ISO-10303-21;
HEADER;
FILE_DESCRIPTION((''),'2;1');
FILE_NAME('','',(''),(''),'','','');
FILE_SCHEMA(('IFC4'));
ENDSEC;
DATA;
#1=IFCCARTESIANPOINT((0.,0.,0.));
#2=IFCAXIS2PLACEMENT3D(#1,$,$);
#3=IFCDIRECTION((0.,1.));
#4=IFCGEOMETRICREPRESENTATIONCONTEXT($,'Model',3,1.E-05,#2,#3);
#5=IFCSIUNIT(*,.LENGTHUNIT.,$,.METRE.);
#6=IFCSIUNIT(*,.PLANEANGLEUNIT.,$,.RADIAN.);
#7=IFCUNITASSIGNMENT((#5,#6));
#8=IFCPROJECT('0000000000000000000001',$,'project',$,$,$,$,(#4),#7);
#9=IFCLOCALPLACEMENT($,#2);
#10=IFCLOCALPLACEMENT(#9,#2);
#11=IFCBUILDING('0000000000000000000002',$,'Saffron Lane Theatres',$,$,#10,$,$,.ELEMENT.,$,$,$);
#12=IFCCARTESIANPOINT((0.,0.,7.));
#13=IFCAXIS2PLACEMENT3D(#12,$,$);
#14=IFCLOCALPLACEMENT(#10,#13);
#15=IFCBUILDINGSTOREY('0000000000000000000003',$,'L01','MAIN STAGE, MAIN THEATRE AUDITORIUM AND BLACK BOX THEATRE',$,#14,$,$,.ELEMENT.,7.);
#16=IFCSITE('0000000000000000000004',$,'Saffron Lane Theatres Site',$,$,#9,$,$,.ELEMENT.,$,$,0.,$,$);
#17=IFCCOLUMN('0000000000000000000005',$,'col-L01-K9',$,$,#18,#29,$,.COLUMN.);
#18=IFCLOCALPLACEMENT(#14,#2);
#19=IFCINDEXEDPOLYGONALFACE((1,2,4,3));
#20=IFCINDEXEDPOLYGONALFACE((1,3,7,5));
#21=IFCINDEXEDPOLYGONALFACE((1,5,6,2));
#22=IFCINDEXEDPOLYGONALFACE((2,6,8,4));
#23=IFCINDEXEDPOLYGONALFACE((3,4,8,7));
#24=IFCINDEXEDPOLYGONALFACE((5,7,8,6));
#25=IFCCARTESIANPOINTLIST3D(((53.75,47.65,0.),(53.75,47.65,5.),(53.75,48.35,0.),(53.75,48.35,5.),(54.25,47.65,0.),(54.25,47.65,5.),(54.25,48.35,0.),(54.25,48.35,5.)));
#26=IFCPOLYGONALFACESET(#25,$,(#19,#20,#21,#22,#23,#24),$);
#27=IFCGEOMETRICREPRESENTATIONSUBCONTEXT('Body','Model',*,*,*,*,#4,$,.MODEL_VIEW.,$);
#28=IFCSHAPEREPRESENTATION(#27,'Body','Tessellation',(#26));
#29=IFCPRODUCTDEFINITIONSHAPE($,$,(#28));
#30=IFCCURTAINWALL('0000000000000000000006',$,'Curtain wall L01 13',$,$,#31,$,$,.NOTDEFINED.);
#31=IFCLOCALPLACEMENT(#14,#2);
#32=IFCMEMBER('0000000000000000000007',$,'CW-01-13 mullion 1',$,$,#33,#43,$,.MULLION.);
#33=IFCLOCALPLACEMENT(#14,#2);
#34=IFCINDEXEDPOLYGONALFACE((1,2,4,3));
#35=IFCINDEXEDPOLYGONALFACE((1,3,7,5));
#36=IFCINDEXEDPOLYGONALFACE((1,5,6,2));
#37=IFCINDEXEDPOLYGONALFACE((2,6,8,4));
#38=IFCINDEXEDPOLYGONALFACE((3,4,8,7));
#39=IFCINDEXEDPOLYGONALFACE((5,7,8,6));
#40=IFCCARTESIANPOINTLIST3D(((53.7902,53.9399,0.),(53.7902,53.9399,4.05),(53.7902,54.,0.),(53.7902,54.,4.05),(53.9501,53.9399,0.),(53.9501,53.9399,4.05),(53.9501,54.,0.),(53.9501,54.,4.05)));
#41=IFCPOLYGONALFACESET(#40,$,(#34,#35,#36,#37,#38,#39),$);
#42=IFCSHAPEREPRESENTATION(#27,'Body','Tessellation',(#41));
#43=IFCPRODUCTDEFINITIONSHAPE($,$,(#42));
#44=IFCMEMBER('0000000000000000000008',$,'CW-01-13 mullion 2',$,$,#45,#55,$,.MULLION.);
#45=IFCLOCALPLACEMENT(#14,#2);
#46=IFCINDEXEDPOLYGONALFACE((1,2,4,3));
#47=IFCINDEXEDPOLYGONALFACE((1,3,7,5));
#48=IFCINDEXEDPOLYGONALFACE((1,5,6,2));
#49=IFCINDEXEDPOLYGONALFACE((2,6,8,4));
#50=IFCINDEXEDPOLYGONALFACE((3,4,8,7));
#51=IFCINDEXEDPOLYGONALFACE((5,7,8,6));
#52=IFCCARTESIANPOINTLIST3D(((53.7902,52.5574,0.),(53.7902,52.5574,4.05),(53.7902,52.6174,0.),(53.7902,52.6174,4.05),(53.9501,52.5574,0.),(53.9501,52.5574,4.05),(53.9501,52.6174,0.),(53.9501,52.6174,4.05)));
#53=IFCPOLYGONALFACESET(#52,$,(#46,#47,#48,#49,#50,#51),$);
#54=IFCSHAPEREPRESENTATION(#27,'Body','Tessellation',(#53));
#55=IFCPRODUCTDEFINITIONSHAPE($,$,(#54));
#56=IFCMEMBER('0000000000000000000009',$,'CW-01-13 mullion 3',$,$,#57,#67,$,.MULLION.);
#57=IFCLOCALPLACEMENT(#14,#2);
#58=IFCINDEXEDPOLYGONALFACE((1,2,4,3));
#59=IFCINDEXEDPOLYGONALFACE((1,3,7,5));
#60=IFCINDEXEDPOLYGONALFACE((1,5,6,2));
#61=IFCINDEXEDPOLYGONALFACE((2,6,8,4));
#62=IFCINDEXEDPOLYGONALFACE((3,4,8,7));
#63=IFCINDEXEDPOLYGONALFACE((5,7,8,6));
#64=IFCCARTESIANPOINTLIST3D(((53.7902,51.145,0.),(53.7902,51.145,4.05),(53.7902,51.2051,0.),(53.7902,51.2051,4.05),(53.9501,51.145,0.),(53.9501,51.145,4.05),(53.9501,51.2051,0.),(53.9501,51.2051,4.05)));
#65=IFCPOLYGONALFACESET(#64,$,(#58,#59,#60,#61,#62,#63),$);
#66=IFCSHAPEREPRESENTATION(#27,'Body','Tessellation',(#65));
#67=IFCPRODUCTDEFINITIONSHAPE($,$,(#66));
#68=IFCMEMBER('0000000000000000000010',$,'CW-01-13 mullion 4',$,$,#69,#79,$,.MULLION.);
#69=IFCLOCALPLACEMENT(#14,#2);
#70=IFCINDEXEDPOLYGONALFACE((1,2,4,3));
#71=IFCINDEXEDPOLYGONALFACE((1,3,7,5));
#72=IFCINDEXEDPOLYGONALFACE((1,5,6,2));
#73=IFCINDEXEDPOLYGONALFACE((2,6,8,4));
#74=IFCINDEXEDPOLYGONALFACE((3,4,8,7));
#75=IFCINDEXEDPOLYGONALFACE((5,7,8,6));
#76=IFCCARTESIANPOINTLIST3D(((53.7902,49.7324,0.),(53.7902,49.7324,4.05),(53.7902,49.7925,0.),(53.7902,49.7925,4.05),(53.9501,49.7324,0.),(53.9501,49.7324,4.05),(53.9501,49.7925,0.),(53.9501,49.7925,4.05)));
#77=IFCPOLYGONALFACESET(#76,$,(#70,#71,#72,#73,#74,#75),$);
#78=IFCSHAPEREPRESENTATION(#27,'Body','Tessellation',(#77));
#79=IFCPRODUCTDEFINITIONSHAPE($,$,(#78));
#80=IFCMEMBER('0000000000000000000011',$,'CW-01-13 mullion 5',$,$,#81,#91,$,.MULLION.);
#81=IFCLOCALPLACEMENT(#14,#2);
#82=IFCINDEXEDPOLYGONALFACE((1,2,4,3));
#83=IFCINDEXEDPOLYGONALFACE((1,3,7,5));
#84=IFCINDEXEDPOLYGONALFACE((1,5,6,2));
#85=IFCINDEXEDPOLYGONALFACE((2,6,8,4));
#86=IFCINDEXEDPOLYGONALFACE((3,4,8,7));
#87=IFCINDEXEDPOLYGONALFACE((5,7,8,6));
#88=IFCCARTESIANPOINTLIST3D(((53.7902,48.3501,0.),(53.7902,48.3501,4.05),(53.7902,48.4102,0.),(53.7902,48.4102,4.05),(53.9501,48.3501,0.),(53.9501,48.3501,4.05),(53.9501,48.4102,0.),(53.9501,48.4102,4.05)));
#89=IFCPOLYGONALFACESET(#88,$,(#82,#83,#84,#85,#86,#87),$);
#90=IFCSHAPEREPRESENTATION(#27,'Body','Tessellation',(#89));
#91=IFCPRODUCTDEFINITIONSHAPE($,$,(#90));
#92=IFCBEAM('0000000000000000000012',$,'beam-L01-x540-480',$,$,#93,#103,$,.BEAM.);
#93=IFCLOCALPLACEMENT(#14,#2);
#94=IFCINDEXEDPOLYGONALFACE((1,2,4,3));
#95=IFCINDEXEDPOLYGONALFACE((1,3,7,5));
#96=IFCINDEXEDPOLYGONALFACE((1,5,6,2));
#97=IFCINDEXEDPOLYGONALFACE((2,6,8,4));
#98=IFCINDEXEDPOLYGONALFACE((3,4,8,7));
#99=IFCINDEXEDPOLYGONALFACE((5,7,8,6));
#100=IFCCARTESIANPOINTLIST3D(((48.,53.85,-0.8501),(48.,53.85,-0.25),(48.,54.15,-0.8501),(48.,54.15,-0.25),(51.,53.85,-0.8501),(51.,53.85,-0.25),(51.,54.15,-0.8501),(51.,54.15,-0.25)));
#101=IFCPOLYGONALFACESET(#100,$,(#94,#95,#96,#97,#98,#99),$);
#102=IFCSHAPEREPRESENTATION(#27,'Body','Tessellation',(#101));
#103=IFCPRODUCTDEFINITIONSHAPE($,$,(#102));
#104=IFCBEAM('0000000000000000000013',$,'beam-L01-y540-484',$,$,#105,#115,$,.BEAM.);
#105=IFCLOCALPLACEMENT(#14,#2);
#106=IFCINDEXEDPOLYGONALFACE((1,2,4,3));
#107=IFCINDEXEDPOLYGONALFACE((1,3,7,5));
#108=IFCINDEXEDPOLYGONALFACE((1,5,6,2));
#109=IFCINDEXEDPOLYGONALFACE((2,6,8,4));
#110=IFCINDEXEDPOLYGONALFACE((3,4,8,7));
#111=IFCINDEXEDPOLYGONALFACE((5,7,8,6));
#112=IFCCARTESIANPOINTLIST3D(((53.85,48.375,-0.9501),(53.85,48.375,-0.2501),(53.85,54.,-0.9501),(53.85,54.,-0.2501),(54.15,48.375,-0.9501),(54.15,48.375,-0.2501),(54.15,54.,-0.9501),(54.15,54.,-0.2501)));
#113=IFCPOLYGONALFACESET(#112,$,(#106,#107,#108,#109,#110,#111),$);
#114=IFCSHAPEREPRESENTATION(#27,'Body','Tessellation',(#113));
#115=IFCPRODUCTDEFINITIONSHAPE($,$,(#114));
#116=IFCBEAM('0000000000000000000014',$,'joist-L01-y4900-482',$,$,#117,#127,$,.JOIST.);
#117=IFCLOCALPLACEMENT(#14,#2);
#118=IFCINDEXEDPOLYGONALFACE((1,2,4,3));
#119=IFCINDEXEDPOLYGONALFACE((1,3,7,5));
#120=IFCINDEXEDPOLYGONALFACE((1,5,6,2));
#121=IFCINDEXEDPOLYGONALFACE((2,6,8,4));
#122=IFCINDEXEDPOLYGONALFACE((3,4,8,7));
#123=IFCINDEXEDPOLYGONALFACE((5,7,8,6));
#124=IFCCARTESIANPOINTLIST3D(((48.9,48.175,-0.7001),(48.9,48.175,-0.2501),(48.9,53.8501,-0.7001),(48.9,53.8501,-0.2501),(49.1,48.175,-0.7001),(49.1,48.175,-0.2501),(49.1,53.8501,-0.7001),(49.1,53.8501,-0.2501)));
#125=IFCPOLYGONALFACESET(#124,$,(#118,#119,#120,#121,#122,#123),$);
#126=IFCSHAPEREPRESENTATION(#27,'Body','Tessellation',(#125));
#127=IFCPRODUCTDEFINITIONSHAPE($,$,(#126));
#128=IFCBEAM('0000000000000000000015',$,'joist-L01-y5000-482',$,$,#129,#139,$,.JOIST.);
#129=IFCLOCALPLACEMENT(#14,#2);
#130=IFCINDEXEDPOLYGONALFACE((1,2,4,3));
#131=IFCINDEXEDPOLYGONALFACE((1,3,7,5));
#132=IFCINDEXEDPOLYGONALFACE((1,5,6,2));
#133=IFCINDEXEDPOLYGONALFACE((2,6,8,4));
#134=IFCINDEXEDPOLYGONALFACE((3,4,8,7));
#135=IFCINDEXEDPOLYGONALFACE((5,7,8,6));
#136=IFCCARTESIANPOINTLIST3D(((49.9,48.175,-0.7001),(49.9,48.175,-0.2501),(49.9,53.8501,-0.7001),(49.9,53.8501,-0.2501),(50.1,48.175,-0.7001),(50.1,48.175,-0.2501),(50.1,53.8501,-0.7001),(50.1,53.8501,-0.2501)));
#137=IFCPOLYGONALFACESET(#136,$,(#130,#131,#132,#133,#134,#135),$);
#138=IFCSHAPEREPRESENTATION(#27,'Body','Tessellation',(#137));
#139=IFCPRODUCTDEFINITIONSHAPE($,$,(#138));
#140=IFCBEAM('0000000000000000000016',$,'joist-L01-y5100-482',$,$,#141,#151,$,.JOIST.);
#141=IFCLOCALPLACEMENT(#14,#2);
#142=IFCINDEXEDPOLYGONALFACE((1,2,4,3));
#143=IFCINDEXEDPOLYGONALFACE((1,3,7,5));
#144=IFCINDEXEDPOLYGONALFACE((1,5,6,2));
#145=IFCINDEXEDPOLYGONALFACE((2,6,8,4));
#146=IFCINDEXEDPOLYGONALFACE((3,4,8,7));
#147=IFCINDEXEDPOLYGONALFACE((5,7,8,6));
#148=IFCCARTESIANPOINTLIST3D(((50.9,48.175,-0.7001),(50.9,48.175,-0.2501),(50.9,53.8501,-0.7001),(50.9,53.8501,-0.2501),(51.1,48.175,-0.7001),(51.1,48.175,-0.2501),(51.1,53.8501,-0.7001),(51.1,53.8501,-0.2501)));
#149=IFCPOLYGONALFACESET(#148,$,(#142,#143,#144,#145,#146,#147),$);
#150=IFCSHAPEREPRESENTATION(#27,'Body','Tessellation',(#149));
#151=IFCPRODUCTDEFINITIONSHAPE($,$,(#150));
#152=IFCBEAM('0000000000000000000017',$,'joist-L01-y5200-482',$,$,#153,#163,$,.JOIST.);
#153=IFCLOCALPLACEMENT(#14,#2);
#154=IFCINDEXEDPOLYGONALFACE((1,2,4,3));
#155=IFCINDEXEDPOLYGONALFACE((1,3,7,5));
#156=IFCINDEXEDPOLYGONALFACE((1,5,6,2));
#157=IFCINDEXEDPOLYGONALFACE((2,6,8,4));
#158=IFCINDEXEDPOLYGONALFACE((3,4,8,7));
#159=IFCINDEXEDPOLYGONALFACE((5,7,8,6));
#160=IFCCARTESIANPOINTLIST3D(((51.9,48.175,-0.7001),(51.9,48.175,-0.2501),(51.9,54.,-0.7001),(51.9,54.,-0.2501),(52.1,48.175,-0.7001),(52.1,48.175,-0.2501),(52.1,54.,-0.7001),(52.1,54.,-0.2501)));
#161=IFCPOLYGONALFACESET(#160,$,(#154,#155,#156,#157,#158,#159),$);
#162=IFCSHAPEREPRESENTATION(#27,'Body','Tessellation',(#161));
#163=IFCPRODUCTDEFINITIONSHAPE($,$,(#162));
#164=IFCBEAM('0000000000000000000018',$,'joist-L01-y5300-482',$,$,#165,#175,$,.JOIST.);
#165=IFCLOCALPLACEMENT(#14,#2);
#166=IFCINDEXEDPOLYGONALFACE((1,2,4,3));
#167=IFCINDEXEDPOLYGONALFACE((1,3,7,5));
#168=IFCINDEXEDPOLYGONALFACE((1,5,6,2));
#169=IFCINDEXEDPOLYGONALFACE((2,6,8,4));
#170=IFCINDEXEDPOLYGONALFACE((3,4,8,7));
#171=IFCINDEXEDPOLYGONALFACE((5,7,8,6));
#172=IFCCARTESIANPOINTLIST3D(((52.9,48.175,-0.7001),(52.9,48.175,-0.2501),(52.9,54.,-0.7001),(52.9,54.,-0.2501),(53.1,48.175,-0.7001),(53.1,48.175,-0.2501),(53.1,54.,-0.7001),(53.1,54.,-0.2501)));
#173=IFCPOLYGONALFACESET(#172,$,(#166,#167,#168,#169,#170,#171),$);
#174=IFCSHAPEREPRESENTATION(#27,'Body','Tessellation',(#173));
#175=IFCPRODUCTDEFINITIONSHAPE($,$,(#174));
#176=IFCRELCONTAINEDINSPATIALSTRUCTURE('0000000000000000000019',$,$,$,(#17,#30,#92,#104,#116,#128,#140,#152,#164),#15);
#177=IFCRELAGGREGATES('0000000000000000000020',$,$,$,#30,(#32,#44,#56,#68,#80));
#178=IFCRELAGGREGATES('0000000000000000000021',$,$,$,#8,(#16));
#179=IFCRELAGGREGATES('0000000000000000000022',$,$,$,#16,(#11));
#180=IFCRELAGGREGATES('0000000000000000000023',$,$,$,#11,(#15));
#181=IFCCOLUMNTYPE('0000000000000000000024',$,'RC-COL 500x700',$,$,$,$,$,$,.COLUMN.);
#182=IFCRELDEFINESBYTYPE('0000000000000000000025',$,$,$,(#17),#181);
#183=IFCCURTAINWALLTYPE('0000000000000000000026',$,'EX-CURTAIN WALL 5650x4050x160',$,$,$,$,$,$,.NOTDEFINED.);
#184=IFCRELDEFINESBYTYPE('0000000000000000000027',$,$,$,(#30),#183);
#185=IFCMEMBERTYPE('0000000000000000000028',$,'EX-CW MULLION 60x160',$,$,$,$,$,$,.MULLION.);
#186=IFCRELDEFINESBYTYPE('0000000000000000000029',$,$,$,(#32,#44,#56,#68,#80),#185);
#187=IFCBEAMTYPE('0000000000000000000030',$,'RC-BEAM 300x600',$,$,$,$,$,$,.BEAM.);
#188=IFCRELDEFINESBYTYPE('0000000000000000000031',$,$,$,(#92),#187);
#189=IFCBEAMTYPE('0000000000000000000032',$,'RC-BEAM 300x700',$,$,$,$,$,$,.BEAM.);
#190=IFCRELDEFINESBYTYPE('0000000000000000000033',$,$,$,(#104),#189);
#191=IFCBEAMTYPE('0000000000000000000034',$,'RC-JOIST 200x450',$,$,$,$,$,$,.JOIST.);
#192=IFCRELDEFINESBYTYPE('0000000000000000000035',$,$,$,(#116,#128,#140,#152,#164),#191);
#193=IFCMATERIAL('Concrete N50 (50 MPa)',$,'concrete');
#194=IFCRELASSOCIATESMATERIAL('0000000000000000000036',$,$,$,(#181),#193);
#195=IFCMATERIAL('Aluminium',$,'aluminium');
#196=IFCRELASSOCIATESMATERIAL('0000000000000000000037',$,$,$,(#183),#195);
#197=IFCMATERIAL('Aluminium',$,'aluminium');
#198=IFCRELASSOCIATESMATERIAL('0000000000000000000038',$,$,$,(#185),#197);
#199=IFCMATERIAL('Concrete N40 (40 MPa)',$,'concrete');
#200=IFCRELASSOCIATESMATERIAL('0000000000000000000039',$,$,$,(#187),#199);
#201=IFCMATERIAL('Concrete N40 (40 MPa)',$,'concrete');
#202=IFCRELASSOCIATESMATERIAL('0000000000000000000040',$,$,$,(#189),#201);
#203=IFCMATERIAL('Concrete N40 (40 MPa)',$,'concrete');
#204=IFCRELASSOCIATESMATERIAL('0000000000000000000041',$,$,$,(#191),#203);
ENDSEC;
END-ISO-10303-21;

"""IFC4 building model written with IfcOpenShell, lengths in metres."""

from ifc_helpers import new_model, si_unit, direction, frame, origin, origin_2d, place, context, subcontext, project, spatial, rectangle, extrude, material, material_profile, profile_set, type_object, element, aggregate, save


model = new_model("IFC4")

# Units and contexts
model_context = context("Model", 3, precision=1e-05, world=origin(), true_north=direction((0.0, 1.0)))
body_context = subcontext(model_context, "Body", "Model", "MODEL_VIEW")
ifc_project = project(units=[si_unit("LENGTHUNIT", "METRE"), si_unit("PLANEANGLEUNIT", "RADIAN")], contexts=[model_context])

# Site, building, storey
site_placement = place(None, origin())
site = spatial("IfcSite", under=ifc_project, at=site_placement, Name="Saffron Lane Theatres Site", CompositionType="ELEMENT", RefElevation=0.0)
building_placement = place(site_placement, origin())
building = spatial("IfcBuilding", under=site, at=building_placement, Name="Saffron Lane Theatres", CompositionType="ELEMENT")
storey_placement = place(building_placement, frame((0.0, 0.0, 7.0)))
storey = spatial("IfcBuildingStorey", under=building, at=storey_placement, Name="L01", Description="MAIN STAGE, MAIN THEATRE AUDITORIUM AND BLACK BOX THEATRE", CompositionType="ELEMENT", Elevation=7.0)

# Column
ifc_material_1 = material(Name="Concrete N50 (50 MPa)", Category="concrete")
ifc_material_profile_1 = material_profile(ifc_material_1, rectangle(XDim=0.5, YDim=0.7, at=origin_2d()))
ifc_profile_set_1 = profile_set([ifc_material_profile_1], Name="Concrete N50 (50 MPa)")
column_type = type_object("IfcColumnType", Name="RC-COL 500x700", PredefinedType="COLUMN", material=ifc_profile_set_1)
column_placement = place(storey_placement, frame((54.0, 48.0, 0.0), z_axis=(0.0, 0.0, 1.0), x_axis=(1.0, 0.0, 0.0)))
element("IfcColumn", 1, at=column_placement, inside=storey, type_object=column_type, Name="col-L01-K9", PredefinedType="COLUMN", context=body_context, shape_type="SweptSolid", body=[
    extrude(rectangle(XDim=0.5, YDim=0.7, at=origin_2d()), origin(), (0.0, 0.0, 1.0), 5.0),
])

# Curtain wall, members
ifc_material_2 = material(Name="Aluminium", Category="aluminium")
curtain_wall_type = type_object("IfcCurtainWallType", Name="EX-CURTAIN WALL 5650x4050x160", PredefinedType="NOTDEFINED", material=ifc_material_2)
curtain_wall_placement = place(storey_placement, origin())
curtain_wall = element("IfcCurtainWall", 2, at=curtain_wall_placement, inside=storey, type_object=curtain_wall_type, Name="Curtain wall L01 13", PredefinedType="NOTDEFINED")
ifc_material_3 = material(Name="Aluminium", Category="aluminium")
ifc_material_profile_2 = material_profile(ifc_material_3, rectangle(XDim=0.0601, YDim=0.1599, at=origin_2d()))
ifc_profile_set_2 = profile_set([ifc_material_profile_2], Name="Aluminium")
member_type_1 = type_object("IfcMemberType", Name="EX-CW MULLION 60x160", PredefinedType="MULLION", material=ifc_profile_set_2)
member_1_placement = place(storey_placement, frame((53.8701, 53.97, 0.0), z_axis=(0.0, 0.0, 1.0), x_axis=(0.0, -1.0, 0.0)))
member_1 = element("IfcMember", 3, at=member_1_placement, type_object=member_type_1, Name="CW-01-13 mullion 1", PredefinedType="MULLION", context=body_context, shape_type="SweptSolid", body=[
    extrude(rectangle(XDim=0.0601, YDim=0.1599, at=origin_2d()), origin(), (0.0, 0.0, 1.0), 4.05),
])
member_2_placement = place(storey_placement, frame((53.8701, 52.5874, 0.0), z_axis=(0.0, 0.0, 1.0), x_axis=(0.0, -1.0, 0.0)))
member_2 = element("IfcMember", 4, at=member_2_placement, type_object=member_type_1, Name="CW-01-13 mullion 2", PredefinedType="MULLION", context=body_context, shape_type="SweptSolid", body=[
    extrude(rectangle(XDim=0.0601, YDim=0.1599, at=origin_2d()), origin(), (0.0, 0.0, 1.0), 4.05),
])
member_3_placement = place(storey_placement, frame((53.8701, 51.175, 0.0), z_axis=(0.0, 0.0, 1.0), x_axis=(0.0, -1.0, 0.0)))
member_3 = element("IfcMember", 5, at=member_3_placement, type_object=member_type_1, Name="CW-01-13 mullion 3", PredefinedType="MULLION", context=body_context, shape_type="SweptSolid", body=[
    extrude(rectangle(XDim=0.0601, YDim=0.1599, at=origin_2d()), origin(), (0.0, 0.0, 1.0), 4.05),
])
member_4_placement = place(storey_placement, frame((53.8701, 49.7625, 0.0), z_axis=(0.0, 0.0, 1.0), x_axis=(0.0, -1.0, 0.0)))
member_4 = element("IfcMember", 6, at=member_4_placement, type_object=member_type_1, Name="CW-01-13 mullion 4", PredefinedType="MULLION", context=body_context, shape_type="SweptSolid", body=[
    extrude(rectangle(XDim=0.0601, YDim=0.1599, at=origin_2d()), origin(), (0.0, 0.0, 1.0), 4.05),
])
member_5_placement = place(storey_placement, frame((53.8701, 48.3801, 0.0), z_axis=(0.0, 0.0, 1.0), x_axis=(0.0, -1.0, 0.0)))
member_5 = element("IfcMember", 7, at=member_5_placement, type_object=member_type_1, Name="CW-01-13 mullion 5", PredefinedType="MULLION", context=body_context, shape_type="SweptSolid", body=[
    extrude(rectangle(XDim=0.0601, YDim=0.1599, at=origin_2d()), origin(), (0.0, 0.0, 1.0), 4.05),
])
aggregate(curtain_wall, [member_1, member_2, member_3, member_4, member_5])

# Beams
ifc_material_4 = material(Name="Concrete N40 (40 MPa)", Category="concrete")
ifc_material_profile_3 = material_profile(ifc_material_4, rectangle(XDim=0.3, YDim=0.6001, at=origin_2d()))
ifc_profile_set_3 = profile_set([ifc_material_profile_3], Name="Concrete N40 (40 MPa)")
beam_type_1 = type_object("IfcBeamType", Name="RC-BEAM 300x600", PredefinedType="BEAM", material=ifc_profile_set_3)
beam_1_placement = place(storey_placement, frame((48.0, 54.0, -0.55), z_axis=(1.0, 0.0, 0.0), x_axis=(0.0, 1.0, 0.0)))
element("IfcBeam", 8, at=beam_1_placement, inside=storey, type_object=beam_type_1, Name="beam-L01-x540-480", PredefinedType="BEAM", context=body_context, shape_type="SweptSolid", body=[
    extrude(rectangle(XDim=0.3, YDim=0.6001, at=origin_2d()), origin(), (0.0, 0.0, 1.0), 3.0),
])
ifc_material_5 = material(Name="Concrete N40 (40 MPa)", Category="concrete")
ifc_material_profile_4 = material_profile(ifc_material_5, rectangle(XDim=0.3, YDim=0.7, at=origin_2d()))
ifc_profile_set_4 = profile_set([ifc_material_profile_4], Name="Concrete N40 (40 MPa)")
beam_type_2 = type_object("IfcBeamType", Name="RC-BEAM 300x700", PredefinedType="BEAM", material=ifc_profile_set_4)
beam_2_placement = place(storey_placement, frame((54.0, 48.375, -0.6001), z_axis=(0.0, 1.0, 0.0), x_axis=(-1.0, 0.0, 0.0)))
element("IfcBeam", 9, at=beam_2_placement, inside=storey, type_object=beam_type_2, Name="beam-L01-y540-484", PredefinedType="BEAM", context=body_context, shape_type="SweptSolid", body=[
    extrude(rectangle(XDim=0.3, YDim=0.7, at=origin_2d()), origin(), (0.0, 0.0, 1.0), 5.625),
])
ifc_material_6 = material(Name="Concrete N40 (40 MPa)", Category="concrete")
ifc_material_profile_5 = material_profile(ifc_material_6, rectangle(XDim=0.2, YDim=0.45, at=origin_2d()))
ifc_profile_set_5 = profile_set([ifc_material_profile_5], Name="Concrete N40 (40 MPa)")
beam_type_3 = type_object("IfcBeamType", Name="RC-JOIST 200x450", PredefinedType="JOIST", material=ifc_profile_set_5)
for number, where, z_axis, x_axis, name in (
    (10, (49.0, 48.175, -0.4751), (0.0, 1.0, 0.0), (-1.0, 0.0, 0.0), "joist-L01-y4900-482"),
    (11, (50.0, 48.175, -0.4751), (0.0, 1.0, 0.0), (-1.0, 0.0, 0.0), "joist-L01-y5000-482"),
    (12, (51.0, 48.175, -0.4751), (0.0, 1.0, 0.0), (-1.0, 0.0, 0.0), "joist-L01-y5100-482"),
):
    element("IfcBeam", number, at=place(storey_placement, frame(where, z_axis=z_axis, x_axis=x_axis)), inside=storey, type_object=beam_type_3, Name=name, PredefinedType="JOIST", context=body_context, shape_type="SweptSolid", body=[
        extrude(rectangle(XDim=0.2, YDim=0.45, at=origin_2d()), origin(), (0.0, 0.0, 1.0), 5.675),
    ])
for number, where, z_axis, x_axis, name in (
    (13, (52.0, 48.175, -0.4751), (0.0, 1.0, 0.0), (-1.0, 0.0, 0.0), "joist-L01-y5200-482"),
    (14, (53.0, 48.175, -0.4751), (0.0, 1.0, 0.0), (-1.0, 0.0, 0.0), "joist-L01-y5300-482"),
):
    element("IfcBeam", number, at=place(storey_placement, frame(where, z_axis=z_axis, x_axis=x_axis)), inside=storey, type_object=beam_type_3, Name=name, PredefinedType="JOIST", context=body_context, shape_type="SweptSolid", body=[
        extrude(rectangle(XDim=0.2, YDim=0.45, at=origin_2d()), origin(), (0.0, 0.0, 1.0), 5.825),
    ])

save(model, "model.ifc")
